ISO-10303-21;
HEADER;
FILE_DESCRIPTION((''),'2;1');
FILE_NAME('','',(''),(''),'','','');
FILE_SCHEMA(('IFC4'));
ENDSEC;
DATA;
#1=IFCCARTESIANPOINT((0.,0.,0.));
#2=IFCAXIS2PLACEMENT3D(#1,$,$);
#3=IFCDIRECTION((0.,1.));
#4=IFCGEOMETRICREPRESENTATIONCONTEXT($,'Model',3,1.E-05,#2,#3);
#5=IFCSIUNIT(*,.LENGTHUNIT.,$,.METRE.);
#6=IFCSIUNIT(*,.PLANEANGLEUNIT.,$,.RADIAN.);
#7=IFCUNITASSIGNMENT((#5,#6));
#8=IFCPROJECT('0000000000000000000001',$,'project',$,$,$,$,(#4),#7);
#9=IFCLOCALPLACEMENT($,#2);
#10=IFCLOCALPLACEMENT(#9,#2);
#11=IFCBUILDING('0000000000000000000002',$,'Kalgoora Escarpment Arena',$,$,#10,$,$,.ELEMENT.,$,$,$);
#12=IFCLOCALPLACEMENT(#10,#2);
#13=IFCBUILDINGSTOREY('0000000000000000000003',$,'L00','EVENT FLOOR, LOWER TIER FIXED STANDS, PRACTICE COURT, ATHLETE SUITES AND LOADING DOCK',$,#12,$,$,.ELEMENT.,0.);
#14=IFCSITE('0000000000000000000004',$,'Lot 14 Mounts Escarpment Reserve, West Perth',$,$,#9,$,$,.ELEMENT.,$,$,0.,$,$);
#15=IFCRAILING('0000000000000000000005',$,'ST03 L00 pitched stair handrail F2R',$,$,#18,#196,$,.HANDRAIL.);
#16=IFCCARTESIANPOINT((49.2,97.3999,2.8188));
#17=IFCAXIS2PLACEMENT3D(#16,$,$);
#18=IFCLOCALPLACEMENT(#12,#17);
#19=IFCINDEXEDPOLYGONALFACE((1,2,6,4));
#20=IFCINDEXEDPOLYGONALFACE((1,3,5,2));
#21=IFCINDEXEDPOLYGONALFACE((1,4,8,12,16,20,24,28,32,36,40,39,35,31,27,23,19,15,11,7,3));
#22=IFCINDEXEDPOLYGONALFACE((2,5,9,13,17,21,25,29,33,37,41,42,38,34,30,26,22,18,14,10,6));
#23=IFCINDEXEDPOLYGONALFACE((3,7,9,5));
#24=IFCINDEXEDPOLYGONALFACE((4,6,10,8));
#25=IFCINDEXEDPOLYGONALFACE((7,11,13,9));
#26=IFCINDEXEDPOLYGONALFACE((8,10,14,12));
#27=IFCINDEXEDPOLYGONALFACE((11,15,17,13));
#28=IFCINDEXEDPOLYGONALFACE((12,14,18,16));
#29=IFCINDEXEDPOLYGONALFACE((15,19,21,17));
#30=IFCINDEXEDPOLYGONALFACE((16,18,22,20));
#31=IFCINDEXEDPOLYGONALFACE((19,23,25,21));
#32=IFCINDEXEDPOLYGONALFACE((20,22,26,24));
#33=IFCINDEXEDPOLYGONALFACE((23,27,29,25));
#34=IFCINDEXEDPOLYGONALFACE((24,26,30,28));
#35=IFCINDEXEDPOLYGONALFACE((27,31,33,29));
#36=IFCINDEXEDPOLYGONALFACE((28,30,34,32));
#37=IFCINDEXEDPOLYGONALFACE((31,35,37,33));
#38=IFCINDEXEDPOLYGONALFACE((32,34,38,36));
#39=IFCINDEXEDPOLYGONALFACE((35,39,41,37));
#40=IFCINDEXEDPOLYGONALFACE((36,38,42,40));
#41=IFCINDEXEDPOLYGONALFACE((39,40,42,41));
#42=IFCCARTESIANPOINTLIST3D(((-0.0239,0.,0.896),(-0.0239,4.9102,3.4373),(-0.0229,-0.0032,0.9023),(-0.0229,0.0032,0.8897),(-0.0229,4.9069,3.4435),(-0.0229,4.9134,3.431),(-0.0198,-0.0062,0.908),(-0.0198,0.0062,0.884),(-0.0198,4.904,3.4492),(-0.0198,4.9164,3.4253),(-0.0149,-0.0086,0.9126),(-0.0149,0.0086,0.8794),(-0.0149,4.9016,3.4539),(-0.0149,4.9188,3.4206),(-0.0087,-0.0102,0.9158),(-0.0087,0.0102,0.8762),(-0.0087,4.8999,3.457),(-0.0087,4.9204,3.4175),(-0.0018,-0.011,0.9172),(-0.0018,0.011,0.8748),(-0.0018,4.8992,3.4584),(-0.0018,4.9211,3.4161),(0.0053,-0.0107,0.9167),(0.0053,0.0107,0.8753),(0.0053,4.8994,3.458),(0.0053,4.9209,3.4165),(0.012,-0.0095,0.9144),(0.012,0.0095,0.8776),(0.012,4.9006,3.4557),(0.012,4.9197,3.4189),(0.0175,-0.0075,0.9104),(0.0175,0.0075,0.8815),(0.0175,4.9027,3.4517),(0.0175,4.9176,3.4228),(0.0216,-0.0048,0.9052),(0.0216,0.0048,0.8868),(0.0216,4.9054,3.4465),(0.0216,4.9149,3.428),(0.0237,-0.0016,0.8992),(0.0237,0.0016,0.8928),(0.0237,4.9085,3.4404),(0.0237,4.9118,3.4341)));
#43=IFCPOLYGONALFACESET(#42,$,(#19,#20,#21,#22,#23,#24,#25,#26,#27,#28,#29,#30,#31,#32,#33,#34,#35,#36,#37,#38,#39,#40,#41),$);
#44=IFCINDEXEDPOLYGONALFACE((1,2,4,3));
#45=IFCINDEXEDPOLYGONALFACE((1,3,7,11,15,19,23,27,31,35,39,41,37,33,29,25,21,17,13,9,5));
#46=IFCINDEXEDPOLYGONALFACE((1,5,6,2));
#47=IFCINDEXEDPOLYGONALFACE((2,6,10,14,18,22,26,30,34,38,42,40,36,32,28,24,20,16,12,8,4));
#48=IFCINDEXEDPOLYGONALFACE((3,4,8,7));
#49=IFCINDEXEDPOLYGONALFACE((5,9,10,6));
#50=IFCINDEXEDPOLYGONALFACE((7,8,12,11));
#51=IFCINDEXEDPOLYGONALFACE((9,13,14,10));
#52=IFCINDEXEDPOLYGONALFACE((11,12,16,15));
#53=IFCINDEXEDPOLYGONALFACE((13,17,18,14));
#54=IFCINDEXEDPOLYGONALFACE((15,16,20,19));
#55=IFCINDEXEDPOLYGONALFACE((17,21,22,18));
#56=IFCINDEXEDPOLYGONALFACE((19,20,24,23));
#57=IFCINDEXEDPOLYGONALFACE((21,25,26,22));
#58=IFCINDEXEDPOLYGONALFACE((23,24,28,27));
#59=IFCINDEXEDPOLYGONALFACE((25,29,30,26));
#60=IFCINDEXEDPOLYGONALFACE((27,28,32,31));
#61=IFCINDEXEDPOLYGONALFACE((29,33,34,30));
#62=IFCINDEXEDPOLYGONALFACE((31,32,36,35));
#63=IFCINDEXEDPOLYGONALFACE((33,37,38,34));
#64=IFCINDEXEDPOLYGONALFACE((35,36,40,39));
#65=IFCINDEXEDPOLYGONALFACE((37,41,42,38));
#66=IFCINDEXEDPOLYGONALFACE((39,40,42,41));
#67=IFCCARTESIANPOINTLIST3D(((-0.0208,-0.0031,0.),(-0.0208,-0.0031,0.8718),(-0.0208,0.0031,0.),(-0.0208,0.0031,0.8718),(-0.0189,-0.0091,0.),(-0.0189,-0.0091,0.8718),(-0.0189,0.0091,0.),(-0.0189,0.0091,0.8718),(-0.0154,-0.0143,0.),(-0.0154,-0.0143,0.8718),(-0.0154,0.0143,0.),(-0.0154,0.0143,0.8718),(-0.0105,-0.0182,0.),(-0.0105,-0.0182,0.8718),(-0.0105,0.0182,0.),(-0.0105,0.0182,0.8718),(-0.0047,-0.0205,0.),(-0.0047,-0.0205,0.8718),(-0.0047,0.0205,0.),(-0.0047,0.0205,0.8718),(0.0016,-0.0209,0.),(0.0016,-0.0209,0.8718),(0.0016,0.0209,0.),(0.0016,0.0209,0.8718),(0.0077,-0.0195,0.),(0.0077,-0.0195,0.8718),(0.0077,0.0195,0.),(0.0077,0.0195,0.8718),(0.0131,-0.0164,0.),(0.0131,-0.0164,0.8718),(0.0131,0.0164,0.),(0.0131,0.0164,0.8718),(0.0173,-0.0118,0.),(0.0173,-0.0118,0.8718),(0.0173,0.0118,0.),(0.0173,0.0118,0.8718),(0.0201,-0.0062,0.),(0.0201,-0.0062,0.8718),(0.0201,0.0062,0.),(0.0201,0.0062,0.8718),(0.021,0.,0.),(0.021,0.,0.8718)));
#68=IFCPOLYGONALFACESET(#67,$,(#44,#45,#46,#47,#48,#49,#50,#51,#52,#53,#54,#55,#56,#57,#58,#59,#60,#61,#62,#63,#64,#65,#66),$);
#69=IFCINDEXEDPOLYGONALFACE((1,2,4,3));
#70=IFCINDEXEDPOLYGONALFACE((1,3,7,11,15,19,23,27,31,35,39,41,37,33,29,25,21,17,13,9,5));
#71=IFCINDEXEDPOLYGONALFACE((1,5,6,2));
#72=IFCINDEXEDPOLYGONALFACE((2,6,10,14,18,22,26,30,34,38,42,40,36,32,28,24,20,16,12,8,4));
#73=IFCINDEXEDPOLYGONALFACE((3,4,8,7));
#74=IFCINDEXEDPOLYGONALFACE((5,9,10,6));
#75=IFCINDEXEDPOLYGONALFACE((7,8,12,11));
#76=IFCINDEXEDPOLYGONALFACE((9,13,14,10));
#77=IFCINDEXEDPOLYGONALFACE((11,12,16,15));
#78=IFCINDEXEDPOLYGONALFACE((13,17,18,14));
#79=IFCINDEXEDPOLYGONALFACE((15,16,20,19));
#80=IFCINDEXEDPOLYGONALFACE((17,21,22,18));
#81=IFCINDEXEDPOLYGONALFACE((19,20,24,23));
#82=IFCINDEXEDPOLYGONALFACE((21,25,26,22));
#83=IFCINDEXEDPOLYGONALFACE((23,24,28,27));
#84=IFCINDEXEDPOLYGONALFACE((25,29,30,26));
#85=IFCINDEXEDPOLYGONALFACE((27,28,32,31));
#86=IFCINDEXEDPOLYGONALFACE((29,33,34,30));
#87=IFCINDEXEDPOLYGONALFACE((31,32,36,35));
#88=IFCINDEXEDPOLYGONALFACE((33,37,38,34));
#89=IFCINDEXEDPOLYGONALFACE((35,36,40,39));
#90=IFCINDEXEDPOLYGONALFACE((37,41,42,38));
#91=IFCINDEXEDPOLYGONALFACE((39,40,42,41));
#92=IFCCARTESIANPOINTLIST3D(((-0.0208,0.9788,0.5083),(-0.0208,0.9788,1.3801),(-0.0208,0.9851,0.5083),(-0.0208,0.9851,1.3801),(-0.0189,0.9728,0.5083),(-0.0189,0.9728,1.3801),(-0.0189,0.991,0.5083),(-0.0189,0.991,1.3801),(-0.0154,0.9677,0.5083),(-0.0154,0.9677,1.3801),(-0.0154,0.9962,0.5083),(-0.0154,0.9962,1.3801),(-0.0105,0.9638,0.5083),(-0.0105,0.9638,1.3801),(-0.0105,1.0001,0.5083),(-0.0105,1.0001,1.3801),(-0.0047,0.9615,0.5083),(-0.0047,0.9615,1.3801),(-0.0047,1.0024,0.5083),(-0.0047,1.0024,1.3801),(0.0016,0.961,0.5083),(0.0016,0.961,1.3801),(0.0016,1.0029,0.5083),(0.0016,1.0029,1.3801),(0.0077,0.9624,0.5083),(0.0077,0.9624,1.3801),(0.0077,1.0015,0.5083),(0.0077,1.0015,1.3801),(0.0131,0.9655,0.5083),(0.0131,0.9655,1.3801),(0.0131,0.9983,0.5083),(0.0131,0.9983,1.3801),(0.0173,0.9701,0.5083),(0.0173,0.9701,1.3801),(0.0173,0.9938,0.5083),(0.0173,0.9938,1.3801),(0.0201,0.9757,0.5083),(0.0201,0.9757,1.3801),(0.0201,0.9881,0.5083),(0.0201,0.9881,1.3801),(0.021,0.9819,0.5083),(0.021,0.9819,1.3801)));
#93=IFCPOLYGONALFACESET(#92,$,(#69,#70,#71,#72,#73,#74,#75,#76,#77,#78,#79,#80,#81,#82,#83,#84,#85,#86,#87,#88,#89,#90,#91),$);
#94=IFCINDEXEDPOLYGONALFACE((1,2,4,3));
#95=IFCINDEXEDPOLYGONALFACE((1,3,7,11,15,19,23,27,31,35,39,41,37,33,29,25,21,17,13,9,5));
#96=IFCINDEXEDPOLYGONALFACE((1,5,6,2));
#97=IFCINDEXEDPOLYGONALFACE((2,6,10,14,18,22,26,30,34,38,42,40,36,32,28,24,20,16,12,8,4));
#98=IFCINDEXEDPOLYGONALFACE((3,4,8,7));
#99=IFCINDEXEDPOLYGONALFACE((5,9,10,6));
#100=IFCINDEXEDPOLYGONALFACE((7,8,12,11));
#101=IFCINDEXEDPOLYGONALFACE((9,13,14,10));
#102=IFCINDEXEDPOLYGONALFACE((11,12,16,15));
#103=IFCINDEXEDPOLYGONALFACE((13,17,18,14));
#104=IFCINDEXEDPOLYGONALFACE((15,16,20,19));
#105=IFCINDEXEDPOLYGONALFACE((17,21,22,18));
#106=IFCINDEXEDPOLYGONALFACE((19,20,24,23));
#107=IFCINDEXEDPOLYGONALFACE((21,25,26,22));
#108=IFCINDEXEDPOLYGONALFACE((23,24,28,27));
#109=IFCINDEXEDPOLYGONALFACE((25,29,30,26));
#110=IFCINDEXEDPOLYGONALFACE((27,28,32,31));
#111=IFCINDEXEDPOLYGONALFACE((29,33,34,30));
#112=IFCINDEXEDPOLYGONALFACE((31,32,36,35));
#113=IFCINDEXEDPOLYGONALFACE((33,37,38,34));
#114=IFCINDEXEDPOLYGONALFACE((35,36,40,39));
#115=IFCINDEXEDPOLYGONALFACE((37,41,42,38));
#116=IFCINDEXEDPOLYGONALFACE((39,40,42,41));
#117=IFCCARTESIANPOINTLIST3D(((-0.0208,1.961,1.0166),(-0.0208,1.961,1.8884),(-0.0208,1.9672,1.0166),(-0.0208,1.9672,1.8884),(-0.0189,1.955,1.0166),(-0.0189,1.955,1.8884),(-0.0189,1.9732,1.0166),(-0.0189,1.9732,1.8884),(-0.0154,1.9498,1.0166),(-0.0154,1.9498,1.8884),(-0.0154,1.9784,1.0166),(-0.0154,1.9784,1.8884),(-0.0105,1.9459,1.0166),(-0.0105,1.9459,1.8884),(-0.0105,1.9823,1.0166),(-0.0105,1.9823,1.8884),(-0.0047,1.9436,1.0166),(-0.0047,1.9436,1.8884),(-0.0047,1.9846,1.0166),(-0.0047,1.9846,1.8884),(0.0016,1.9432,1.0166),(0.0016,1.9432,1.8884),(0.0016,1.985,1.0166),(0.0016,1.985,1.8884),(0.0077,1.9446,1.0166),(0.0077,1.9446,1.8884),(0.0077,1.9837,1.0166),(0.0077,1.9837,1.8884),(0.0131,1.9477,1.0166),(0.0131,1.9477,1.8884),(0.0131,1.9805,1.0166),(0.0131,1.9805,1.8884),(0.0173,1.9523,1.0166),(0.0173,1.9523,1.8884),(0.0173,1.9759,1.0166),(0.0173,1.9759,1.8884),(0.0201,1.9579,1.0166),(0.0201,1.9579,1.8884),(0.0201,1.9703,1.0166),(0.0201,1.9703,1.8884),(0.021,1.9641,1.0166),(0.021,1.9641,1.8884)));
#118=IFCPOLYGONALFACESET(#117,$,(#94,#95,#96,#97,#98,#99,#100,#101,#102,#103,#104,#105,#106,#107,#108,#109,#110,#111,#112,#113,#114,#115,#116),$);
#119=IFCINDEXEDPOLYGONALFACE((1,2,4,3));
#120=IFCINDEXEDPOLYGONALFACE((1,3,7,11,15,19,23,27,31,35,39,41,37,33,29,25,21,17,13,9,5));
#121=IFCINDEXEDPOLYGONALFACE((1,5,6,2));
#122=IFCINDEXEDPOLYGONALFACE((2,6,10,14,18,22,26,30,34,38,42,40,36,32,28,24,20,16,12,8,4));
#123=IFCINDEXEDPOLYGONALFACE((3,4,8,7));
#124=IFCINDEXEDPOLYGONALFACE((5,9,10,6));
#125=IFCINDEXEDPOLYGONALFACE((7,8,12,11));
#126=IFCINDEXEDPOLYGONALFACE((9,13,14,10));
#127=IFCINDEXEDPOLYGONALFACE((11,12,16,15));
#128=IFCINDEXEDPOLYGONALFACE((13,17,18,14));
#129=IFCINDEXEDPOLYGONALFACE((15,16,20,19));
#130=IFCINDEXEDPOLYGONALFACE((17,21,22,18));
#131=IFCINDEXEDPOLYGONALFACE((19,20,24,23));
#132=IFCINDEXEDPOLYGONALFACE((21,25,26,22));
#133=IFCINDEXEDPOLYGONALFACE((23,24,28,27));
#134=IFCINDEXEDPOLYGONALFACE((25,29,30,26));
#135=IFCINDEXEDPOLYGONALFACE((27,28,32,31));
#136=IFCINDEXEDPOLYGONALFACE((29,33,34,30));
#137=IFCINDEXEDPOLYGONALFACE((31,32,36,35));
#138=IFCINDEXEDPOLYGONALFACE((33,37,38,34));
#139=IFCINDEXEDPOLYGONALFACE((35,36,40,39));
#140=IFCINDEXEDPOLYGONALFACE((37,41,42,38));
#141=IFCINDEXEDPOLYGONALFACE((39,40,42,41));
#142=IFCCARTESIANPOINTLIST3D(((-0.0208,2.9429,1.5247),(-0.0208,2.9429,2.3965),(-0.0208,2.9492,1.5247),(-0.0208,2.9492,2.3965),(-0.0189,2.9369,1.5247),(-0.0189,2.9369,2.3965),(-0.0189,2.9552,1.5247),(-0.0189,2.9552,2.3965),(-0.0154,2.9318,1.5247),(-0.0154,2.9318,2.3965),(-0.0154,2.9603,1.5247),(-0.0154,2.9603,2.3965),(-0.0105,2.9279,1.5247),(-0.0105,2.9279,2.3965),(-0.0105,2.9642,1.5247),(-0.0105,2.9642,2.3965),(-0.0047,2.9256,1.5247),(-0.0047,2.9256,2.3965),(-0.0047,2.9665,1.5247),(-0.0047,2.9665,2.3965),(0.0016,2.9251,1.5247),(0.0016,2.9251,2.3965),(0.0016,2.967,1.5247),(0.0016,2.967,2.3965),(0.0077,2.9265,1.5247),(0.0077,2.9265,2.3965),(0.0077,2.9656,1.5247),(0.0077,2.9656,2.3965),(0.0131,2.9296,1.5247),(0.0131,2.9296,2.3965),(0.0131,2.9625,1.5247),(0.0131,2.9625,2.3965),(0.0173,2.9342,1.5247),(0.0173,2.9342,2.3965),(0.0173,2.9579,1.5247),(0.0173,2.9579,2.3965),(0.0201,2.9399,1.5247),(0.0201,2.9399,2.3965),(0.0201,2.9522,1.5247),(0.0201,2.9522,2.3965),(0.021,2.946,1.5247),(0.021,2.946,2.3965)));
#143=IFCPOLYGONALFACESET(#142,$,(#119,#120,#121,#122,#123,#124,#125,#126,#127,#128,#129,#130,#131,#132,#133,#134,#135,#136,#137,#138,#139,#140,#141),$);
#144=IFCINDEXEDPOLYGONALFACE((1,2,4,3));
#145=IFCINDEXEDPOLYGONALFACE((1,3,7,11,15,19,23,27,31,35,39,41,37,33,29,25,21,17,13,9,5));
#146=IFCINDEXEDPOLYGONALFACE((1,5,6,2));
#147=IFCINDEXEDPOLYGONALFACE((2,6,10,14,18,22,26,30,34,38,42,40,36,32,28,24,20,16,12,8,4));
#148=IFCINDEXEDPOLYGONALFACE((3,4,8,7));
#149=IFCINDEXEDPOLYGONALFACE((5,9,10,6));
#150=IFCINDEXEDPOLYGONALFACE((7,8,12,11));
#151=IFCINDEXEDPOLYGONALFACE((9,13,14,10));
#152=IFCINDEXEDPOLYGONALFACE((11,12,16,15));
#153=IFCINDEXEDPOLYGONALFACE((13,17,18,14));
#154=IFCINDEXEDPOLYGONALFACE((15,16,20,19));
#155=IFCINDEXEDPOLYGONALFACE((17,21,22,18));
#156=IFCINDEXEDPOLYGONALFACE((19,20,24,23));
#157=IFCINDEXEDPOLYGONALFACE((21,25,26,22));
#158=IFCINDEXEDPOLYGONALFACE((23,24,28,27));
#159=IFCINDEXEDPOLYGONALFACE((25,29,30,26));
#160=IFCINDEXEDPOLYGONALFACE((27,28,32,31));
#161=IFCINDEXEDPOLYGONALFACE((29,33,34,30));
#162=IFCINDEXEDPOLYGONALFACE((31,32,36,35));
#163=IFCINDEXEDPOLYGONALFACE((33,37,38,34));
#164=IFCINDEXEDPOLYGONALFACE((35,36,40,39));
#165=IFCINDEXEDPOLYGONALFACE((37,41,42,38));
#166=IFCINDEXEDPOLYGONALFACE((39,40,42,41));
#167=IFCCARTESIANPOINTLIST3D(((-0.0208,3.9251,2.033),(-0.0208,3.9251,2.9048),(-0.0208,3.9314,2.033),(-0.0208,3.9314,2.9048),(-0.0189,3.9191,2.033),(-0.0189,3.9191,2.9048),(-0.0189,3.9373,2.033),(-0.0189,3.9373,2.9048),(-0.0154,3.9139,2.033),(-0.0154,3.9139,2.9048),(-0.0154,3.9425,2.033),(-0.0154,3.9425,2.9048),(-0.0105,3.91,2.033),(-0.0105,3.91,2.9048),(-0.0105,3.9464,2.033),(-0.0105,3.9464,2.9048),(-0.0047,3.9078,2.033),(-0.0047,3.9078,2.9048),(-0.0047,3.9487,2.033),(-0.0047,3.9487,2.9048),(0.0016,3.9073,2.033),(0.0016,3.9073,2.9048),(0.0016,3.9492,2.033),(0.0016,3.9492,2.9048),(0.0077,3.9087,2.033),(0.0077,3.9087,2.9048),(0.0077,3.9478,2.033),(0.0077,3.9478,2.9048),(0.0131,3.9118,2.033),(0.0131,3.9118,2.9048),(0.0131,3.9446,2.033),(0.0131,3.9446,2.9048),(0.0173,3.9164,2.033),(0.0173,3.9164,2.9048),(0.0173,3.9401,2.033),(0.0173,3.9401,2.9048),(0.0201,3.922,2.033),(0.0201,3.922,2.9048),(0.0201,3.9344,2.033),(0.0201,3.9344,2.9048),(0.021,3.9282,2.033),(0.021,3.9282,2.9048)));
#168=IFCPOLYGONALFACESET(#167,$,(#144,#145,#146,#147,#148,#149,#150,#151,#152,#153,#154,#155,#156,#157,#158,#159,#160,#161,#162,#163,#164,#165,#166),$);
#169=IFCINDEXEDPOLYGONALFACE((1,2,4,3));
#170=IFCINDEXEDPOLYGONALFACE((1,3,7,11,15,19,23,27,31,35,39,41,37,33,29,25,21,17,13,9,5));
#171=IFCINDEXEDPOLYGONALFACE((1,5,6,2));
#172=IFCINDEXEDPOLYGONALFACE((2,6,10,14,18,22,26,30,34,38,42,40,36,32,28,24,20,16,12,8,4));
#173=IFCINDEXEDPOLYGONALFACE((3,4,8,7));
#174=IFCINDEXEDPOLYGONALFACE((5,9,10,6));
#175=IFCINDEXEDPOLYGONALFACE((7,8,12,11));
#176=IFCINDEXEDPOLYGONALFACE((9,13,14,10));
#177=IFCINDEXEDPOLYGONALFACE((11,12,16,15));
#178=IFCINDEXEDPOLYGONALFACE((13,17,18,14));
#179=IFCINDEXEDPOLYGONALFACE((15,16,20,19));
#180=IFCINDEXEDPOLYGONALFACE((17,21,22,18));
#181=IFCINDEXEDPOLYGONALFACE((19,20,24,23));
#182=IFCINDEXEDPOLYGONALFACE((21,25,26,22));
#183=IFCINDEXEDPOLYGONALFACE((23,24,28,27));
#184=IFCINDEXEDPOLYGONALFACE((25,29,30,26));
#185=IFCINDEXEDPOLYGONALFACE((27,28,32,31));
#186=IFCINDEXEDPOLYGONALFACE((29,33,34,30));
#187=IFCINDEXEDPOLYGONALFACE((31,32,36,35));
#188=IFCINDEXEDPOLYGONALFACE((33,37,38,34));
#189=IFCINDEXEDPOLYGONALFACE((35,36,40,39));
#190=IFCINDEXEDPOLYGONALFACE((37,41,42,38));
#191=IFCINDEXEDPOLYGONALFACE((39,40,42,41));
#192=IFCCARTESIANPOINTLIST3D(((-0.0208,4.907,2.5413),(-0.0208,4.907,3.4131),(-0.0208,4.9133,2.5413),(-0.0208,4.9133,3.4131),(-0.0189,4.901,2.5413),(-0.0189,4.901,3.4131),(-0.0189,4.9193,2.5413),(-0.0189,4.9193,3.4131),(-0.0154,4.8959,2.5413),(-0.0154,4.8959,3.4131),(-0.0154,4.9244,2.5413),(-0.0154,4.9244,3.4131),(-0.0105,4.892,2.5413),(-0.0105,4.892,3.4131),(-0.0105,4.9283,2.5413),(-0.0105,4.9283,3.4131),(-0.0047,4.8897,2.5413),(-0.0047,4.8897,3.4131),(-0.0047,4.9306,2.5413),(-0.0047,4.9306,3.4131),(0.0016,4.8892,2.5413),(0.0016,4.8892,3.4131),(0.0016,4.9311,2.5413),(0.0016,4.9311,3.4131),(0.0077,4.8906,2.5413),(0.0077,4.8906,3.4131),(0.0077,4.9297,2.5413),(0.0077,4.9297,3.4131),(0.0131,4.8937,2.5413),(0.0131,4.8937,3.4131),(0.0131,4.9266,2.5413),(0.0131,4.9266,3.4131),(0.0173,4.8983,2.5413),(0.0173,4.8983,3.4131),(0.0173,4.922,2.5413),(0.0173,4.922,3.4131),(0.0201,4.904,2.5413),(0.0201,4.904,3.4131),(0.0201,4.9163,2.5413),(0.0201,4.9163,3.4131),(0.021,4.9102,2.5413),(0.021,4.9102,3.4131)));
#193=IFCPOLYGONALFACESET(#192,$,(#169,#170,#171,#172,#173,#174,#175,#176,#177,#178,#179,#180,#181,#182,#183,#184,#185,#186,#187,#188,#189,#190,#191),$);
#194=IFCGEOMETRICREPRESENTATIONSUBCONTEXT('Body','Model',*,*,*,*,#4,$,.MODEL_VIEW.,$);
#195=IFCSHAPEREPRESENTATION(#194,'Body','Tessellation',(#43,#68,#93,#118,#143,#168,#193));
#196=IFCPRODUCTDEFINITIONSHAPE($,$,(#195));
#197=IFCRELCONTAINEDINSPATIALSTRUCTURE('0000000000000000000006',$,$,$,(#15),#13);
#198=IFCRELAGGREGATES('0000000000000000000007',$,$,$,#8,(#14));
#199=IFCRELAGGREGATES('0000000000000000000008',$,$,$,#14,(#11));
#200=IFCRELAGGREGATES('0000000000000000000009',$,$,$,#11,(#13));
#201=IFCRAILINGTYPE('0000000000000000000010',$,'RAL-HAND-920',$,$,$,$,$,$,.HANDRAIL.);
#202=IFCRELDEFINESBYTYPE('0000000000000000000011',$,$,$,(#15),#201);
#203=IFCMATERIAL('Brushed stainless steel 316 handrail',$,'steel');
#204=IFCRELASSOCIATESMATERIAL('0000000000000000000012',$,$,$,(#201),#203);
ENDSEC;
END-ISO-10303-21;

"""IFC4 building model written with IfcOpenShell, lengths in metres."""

from ifc_helpers import new_model, si_unit, direction, frame, origin, origin_2d, place, context, subcontext, project, spatial, circle, extrude, material, type_object, element, save


model = new_model("IFC4")

# Units and contexts
model_context = context("Model", 3, precision=1e-05, world=origin(), true_north=direction((0.0, 1.0)))
body_context = subcontext(model_context, "Body", "Model", "MODEL_VIEW")
ifc_project = project(units=[si_unit("LENGTHUNIT", "METRE"), si_unit("PLANEANGLEUNIT", "RADIAN")], contexts=[model_context])

# Site, building, storey
site_placement = place(None, origin())
site = spatial("IfcSite", under=ifc_project, at=site_placement, Name="Lot 14 Mounts Escarpment Reserve, West Perth", CompositionType="ELEMENT", RefElevation=0.0)
building_placement = place(site_placement, origin())
building = spatial("IfcBuilding", under=site, at=building_placement, Name="Kalgoora Escarpment Arena", CompositionType="ELEMENT")
storey_placement = place(building_placement, origin())
storey = spatial("IfcBuildingStorey", under=building, at=storey_placement, Name="L00", Description="EVENT FLOOR, LOWER TIER FIXED STANDS, PRACTICE COURT, ATHLETE SUITES AND LOADING DOCK", CompositionType="ELEMENT", Elevation=0.0)

# Railing
ifc_material_1 = material(Name="Brushed stainless steel 316 handrail", Category="steel")
railing_type = type_object("IfcRailingType", Name="RAL-HAND-920", PredefinedType="HANDRAIL", material=ifc_material_1)
for number, where, name in (
    (1, (49.2, 97.3999, 2.8188), "ST03 L00 pitched stair handrail F2R"),
):
    element("IfcRailing", number, at=place(storey_placement, frame(where)), inside=storey, type_object=railing_type, Name=name, PredefinedType="HANDRAIL", context=body_context, shape_type="SweptSolid", body=[
        extrude(circle(Radius=0.0239, at=origin_2d()), frame((0.0, 0.0, 0.896), z_axis=(0.0, 0.888105, 0.45964), x_axis=(-1.0, 0.0, 0.0)), (0.0, 0.0, 1.0), 5.5288),
        extrude(circle(Radius=0.021, at=origin_2d()), origin(), (0.0, 0.0, 1.0), 0.8718),
        extrude(circle(Radius=0.021, at=origin_2d()), frame((0.0, 0.9819, 0.5083)), (0.0, 0.0, 1.0), 0.8718),
        extrude(circle(Radius=0.021, at=origin_2d()), frame((0.0, 1.9641, 1.0166)), (0.0, 0.0, 1.0), 0.8718),
        extrude(circle(Radius=0.021, at=origin_2d()), frame((0.0, 2.946, 1.5247)), (0.0, 0.0, 1.0), 0.8718),
        extrude(circle(Radius=0.021, at=origin_2d()), frame((0.0, 3.9282, 2.033)), (0.0, 0.0, 1.0), 0.8718),
        extrude(circle(Radius=0.021, at=origin_2d()), frame((0.0, 4.9102, 2.5413)), (0.0, 0.0, 1.0), 0.8718),
    ])

save(model, "model.ifc")
